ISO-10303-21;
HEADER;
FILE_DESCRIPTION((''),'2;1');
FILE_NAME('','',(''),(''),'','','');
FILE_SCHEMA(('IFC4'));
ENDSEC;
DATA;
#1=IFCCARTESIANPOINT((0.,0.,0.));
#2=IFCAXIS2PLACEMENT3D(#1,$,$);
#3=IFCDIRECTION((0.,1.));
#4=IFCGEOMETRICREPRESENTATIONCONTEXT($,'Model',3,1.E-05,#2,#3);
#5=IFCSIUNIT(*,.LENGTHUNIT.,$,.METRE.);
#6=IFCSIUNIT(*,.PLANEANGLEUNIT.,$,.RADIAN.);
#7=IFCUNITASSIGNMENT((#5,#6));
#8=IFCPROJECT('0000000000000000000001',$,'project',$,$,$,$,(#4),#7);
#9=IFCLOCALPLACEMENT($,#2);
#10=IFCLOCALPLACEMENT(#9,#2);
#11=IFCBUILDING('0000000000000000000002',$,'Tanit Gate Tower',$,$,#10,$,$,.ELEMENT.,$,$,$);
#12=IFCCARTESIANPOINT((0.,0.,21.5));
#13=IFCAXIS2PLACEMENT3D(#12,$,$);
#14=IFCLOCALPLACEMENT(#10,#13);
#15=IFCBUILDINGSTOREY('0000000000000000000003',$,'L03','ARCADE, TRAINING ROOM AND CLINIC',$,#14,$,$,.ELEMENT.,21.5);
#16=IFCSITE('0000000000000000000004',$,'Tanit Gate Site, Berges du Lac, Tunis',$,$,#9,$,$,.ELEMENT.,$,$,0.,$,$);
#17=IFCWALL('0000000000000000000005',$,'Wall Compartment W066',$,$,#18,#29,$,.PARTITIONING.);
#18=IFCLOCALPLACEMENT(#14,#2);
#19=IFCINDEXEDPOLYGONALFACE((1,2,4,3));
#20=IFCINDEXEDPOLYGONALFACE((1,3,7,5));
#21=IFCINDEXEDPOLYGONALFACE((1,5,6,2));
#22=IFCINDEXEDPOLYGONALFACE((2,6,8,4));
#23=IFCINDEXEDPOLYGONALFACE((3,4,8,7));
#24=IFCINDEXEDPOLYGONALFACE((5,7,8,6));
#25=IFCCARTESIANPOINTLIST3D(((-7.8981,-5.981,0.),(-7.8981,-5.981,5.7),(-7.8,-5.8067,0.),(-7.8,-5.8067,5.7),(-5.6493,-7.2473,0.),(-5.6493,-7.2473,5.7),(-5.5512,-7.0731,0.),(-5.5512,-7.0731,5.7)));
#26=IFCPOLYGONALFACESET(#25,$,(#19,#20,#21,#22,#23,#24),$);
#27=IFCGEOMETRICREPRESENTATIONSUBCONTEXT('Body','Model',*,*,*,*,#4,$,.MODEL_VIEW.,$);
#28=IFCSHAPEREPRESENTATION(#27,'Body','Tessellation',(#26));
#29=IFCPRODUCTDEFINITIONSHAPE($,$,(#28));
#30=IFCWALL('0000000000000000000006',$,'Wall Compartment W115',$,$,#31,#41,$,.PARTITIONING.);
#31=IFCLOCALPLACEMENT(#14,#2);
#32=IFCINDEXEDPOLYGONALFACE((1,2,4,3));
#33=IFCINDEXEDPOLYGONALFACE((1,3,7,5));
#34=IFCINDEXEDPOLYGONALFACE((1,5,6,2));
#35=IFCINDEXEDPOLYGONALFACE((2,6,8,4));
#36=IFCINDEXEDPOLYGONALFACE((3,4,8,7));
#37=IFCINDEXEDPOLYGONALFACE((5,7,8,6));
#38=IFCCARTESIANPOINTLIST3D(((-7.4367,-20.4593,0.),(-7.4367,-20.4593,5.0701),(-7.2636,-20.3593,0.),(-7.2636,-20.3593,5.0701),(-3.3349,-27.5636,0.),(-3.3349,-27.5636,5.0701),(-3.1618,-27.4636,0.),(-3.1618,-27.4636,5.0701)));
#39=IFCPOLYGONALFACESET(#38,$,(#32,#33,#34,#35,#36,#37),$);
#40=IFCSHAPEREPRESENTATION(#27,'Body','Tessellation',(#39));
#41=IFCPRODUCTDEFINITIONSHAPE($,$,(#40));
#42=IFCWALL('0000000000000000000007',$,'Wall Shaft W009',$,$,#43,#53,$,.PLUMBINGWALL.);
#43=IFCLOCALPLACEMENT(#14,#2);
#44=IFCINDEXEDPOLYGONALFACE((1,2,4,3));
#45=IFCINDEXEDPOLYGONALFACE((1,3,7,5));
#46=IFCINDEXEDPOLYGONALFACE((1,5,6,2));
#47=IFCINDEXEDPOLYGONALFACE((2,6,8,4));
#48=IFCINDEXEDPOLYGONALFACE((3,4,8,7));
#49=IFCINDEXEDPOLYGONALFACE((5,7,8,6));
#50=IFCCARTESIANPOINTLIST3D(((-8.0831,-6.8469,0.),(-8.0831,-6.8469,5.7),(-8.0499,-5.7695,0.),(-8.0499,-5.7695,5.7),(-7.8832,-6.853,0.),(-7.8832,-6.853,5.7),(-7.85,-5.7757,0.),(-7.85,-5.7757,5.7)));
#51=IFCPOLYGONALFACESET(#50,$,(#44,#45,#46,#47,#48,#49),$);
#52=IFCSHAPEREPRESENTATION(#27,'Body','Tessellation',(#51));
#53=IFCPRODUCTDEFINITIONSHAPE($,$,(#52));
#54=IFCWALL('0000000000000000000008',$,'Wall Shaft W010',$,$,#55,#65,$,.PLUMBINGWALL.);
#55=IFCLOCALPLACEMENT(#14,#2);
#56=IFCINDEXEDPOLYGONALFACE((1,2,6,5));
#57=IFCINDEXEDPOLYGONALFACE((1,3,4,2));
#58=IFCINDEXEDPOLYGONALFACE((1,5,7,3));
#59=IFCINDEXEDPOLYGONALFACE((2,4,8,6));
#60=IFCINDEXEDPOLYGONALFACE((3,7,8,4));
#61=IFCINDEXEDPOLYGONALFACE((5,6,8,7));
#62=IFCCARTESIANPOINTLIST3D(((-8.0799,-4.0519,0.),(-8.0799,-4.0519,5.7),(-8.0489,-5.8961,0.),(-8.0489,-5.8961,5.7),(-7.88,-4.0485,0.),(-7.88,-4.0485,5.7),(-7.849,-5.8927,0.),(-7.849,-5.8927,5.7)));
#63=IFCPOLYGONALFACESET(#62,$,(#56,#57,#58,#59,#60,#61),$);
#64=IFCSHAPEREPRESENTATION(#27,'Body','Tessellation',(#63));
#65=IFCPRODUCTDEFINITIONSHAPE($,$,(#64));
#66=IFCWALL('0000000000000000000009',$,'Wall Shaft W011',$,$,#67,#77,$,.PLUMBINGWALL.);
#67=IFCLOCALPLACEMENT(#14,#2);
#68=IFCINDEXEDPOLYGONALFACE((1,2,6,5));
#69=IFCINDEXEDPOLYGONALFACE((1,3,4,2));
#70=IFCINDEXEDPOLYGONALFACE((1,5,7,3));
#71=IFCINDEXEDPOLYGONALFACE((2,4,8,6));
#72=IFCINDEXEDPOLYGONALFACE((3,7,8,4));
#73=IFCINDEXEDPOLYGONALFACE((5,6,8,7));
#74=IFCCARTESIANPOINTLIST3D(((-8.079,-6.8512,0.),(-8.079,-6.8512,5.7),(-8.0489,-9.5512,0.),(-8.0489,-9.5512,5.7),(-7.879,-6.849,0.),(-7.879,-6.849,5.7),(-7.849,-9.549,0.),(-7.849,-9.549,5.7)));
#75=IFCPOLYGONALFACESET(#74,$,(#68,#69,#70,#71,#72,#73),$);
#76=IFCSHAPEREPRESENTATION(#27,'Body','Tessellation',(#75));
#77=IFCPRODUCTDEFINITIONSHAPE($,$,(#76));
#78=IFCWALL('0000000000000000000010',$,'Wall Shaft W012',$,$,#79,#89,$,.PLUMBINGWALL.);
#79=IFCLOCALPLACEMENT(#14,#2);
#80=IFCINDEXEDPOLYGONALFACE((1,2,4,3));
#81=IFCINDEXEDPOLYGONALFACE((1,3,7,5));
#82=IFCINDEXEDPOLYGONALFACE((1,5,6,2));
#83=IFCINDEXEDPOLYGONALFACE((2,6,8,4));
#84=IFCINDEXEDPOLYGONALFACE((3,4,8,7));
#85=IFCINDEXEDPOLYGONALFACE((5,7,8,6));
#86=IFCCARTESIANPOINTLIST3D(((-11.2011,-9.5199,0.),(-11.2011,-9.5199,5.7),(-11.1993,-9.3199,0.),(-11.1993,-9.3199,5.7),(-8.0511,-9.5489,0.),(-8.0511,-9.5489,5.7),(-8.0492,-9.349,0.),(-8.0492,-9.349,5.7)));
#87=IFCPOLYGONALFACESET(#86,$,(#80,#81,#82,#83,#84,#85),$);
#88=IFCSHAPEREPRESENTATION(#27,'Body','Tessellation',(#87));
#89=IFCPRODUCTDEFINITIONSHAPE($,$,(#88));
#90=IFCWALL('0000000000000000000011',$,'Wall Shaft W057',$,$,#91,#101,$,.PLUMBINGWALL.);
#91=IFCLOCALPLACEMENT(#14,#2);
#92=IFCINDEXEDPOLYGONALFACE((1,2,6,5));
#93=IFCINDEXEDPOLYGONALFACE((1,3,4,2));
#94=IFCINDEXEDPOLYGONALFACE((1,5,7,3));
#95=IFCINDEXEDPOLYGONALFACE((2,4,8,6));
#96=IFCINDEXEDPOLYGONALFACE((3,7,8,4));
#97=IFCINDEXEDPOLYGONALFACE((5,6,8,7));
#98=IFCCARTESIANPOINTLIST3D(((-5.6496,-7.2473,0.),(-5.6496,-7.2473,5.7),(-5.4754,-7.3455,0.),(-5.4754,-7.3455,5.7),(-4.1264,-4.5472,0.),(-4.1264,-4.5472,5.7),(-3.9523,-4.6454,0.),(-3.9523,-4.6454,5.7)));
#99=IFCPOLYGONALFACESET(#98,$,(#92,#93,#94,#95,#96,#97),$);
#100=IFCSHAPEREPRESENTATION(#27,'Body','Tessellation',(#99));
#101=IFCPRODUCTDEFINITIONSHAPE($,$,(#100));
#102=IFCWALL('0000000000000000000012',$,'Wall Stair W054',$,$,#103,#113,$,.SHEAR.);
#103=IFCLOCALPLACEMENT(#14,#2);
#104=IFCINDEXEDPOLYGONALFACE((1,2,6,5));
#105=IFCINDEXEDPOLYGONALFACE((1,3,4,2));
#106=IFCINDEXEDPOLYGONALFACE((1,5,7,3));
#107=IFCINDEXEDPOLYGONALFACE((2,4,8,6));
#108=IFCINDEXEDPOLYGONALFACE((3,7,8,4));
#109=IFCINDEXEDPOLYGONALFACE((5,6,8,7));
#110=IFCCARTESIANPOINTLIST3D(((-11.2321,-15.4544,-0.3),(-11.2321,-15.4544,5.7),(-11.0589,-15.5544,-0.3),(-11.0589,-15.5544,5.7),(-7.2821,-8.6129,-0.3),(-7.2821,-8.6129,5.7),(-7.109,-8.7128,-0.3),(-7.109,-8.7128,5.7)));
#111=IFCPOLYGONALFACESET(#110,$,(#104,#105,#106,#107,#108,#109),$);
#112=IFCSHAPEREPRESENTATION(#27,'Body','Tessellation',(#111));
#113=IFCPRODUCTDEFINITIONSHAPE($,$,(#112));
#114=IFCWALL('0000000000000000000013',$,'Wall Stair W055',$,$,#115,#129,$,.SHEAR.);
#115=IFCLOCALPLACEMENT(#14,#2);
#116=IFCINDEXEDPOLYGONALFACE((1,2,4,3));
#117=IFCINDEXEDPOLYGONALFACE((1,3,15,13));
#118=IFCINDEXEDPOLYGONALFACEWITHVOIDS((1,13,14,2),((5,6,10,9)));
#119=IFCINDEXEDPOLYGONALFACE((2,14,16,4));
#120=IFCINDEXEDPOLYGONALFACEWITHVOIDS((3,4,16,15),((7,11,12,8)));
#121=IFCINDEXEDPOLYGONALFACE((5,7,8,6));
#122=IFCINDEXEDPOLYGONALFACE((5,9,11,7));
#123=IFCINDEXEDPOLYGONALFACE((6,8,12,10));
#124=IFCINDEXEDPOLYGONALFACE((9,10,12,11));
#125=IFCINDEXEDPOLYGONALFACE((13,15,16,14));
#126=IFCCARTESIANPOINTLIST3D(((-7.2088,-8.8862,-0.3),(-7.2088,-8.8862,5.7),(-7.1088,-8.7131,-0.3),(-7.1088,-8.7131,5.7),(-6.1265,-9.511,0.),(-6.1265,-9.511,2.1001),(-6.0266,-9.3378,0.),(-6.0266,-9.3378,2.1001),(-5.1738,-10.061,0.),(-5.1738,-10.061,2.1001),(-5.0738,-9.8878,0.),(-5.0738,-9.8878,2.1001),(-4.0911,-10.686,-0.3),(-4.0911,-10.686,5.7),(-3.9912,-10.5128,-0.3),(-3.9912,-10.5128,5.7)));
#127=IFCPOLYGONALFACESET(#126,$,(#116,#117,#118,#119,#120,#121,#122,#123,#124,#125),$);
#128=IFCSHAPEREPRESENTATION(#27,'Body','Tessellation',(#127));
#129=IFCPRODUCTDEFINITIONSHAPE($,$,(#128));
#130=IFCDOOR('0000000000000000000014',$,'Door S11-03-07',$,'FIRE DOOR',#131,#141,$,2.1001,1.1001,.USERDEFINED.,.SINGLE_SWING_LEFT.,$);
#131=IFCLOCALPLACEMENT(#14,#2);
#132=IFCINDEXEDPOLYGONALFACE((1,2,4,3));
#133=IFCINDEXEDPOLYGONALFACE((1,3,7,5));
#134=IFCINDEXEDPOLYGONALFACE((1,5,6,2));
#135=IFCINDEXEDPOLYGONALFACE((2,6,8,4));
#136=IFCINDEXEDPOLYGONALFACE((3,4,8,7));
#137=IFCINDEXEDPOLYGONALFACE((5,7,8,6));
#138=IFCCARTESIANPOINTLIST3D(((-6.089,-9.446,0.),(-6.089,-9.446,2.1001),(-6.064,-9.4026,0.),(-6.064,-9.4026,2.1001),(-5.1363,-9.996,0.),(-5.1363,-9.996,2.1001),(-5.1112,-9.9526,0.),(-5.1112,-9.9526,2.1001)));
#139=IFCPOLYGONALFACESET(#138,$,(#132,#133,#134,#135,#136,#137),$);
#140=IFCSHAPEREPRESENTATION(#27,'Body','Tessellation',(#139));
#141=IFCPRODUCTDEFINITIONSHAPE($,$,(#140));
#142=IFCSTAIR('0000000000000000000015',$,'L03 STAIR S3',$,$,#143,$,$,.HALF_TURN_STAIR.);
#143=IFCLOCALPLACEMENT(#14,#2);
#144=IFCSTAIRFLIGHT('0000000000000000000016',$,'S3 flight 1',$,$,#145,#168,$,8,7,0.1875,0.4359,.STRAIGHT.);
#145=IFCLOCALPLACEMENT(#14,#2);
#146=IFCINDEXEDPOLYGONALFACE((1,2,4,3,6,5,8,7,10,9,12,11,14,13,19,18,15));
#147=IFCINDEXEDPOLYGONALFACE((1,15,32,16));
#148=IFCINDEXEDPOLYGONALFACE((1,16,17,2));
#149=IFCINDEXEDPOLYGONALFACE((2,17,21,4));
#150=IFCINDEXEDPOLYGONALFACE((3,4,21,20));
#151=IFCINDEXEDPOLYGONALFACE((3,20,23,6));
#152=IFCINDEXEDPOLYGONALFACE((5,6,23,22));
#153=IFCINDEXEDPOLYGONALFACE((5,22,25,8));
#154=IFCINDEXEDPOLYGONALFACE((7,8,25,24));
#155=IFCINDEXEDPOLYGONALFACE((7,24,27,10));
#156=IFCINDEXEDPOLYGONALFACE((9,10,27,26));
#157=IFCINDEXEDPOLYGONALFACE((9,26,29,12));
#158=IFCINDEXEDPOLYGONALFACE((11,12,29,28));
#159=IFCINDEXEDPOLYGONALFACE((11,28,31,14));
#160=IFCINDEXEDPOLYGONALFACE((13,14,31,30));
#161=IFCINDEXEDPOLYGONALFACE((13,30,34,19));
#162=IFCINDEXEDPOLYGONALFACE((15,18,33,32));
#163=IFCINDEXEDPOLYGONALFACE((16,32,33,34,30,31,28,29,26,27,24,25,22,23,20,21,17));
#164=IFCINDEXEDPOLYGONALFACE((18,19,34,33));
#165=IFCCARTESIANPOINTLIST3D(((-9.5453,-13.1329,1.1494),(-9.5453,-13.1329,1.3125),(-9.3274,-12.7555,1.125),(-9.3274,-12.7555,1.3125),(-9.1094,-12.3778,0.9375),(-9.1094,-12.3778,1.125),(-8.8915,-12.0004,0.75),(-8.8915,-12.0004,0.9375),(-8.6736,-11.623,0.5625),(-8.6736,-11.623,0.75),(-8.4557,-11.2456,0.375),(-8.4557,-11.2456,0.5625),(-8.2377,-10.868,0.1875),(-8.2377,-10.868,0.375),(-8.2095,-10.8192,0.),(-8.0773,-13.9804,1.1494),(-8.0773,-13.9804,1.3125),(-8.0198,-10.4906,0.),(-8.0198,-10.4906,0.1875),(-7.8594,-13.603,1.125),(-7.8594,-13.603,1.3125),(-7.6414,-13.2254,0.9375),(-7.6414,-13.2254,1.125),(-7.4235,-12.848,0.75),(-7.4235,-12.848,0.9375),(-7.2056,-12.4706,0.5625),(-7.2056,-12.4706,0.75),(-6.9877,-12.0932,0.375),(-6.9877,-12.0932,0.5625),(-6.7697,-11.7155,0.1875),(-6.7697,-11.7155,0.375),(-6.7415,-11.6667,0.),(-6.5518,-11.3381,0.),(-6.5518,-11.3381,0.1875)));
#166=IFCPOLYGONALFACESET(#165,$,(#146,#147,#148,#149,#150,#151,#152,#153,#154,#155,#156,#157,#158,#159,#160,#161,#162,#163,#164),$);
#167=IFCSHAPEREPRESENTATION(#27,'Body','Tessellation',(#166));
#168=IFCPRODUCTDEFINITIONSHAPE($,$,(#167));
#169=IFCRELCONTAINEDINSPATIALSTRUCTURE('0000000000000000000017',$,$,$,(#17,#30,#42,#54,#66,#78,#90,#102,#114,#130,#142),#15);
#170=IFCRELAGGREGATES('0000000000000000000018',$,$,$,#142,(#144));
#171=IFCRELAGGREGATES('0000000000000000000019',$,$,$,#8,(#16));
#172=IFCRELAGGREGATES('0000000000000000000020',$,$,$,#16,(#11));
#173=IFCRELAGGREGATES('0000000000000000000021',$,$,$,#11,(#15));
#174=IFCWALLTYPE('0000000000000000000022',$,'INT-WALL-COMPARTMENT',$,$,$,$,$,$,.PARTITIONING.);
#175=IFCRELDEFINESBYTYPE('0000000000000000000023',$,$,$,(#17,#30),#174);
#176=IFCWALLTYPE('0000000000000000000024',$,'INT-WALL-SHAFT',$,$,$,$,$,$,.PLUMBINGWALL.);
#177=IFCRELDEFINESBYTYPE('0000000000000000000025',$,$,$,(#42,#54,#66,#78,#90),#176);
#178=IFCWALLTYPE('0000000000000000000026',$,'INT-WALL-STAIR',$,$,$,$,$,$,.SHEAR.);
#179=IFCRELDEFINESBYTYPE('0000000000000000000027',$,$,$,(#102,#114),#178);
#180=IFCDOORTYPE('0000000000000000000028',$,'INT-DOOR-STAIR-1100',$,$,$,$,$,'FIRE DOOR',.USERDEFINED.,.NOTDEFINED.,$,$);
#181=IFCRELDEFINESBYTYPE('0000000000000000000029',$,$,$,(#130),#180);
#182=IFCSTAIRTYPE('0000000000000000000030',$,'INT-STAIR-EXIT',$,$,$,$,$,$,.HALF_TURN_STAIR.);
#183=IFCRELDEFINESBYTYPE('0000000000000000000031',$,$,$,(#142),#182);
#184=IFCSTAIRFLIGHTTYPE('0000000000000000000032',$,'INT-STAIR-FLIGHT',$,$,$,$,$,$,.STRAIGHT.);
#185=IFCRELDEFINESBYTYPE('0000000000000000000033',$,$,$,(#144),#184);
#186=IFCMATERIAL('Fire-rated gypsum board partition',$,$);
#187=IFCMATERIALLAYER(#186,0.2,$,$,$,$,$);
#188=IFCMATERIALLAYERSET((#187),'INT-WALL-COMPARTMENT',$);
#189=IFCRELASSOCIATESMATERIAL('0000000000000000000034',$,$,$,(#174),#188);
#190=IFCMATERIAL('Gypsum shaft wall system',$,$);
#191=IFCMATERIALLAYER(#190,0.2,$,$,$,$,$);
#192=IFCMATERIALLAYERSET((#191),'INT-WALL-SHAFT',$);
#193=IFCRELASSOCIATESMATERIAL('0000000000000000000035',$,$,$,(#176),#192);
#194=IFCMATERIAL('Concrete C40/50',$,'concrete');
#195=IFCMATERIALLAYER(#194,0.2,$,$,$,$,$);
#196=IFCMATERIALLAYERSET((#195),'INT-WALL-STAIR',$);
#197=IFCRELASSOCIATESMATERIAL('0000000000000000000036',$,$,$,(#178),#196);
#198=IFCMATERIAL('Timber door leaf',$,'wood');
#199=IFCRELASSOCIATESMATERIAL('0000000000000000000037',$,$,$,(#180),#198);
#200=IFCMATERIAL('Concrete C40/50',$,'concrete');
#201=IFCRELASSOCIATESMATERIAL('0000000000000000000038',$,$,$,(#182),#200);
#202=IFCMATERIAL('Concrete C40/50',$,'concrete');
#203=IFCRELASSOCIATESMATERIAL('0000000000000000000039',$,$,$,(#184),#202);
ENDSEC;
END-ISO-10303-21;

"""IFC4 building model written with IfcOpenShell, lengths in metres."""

from ifc_helpers import new_model, si_unit, direction, frame, frame_2d, origin, place, context, subcontext, project, spatial, polyline, rectangle, outline, extrude, material, layer, layer_set, type_object, element, fill, aggregate, save


model = new_model("IFC4")

# Units and contexts
model_context = context("Model", 3, precision=1e-05, world=origin(), true_north=direction((0.0, 1.0)))
body_context = subcontext(model_context, "Body", "Model", "MODEL_VIEW")
ifc_project = project(units=[si_unit("LENGTHUNIT", "METRE"), si_unit("PLANEANGLEUNIT", "RADIAN")], contexts=[model_context])

# Site, building, storey
site_placement = place(None, origin())
site = spatial("IfcSite", under=ifc_project, at=site_placement, Name="Tanit Gate Site, Berges du Lac, Tunis", CompositionType="ELEMENT", RefElevation=0.0)
building_placement = place(site_placement, origin())
building = spatial("IfcBuilding", under=site, at=building_placement, Name="Tanit Gate Tower", CompositionType="ELEMENT")
storey_placement = place(building_placement, frame((0.0, 0.0, 21.5)))
storey = spatial("IfcBuildingStorey", under=building, at=storey_placement, Name="L03", Description="ARCADE, TRAINING ROOM AND CLINIC", CompositionType="ELEMENT", Elevation=21.5)

# Walls
ifc_material_1 = material(Name="Fire-rated gypsum board partition")
ifc_layer_1 = layer(ifc_material_1, 0.2)
ifc_layer_set_1 = layer_set([ifc_layer_1], Name="INT-WALL-COMPARTMENT")
wall_type_1 = type_object("IfcWallType", Name="INT-WALL-COMPARTMENT", PredefinedType="PARTITIONING", material=ifc_layer_set_1)
wall_1_placement = place(storey_placement, frame((-7.8491, -5.8938, 0.0), z_axis=(0.0, 0.0, 1.0), x_axis=(0.87134, -0.490679, 0.0)))
element("IfcWall", 1, at=wall_1_placement, inside=storey, type_object=wall_type_1, Name="Wall Compartment W066", PredefinedType="PARTITIONING", context=body_context, shape_type="SweptSolid", body=[
    extrude(rectangle(XDim=2.5808, YDim=0.2, at=frame_2d((1.2905, 0.0))), origin(), (0.0, 0.0, 1.0), 5.7),
])
wall_2_placement = place(storey_placement, frame((-7.3501, -20.4094, 0.0), z_axis=(0.0, 0.0, 1.0), x_axis=(0.500015, -0.866017, 0.0)))
element("IfcWall", 2, at=wall_2_placement, inside=storey, type_object=wall_type_1, Name="Wall Compartment W115", PredefinedType="PARTITIONING", context=body_context, shape_type="SweptSolid", body=[
    extrude(rectangle(XDim=8.2034, YDim=0.2, at=frame_2d((4.1016, 0.0))), origin(), (0.0, 0.0, 1.0), 5.0701),
])
ifc_material_2 = material(Name="Gypsum shaft wall system")
ifc_layer_2 = layer(ifc_material_2, 0.2)
ifc_layer_set_2 = layer_set([ifc_layer_2], Name="INT-WALL-SHAFT")
wall_type_2 = type_object("IfcWallType", Name="INT-WALL-SHAFT", PredefinedType="PLUMBINGWALL", material=ifc_layer_set_2)
wall_3_placement = place(storey_placement, frame((-7.95, -5.7725, 0.0), z_axis=(0.0, 0.0, 1.0), x_axis=(-0.030803, -0.999525, 0.0)))
element("IfcWall", 3, at=wall_3_placement, inside=storey, type_object=wall_type_2, Name="Wall Shaft W009", PredefinedType="PLUMBINGWALL", context=body_context, shape_type="SweptSolid", body=[
    extrude(rectangle(XDim=1.0779, YDim=0.2, at=frame_2d((0.5391, 0.0))), origin(), (0.0, 0.0, 1.0), 5.7),
])
wall_4_placement = place(storey_placement, frame((-7.98, -4.05, 0.0), z_axis=(0.0, 0.0, 1.0), x_axis=(0.01681, -0.999859, 0.0)))
element("IfcWall", 4, at=wall_4_placement, inside=storey, type_object=wall_type_2, Name="Wall Shaft W010", PredefinedType="PLUMBINGWALL", context=body_context, shape_type="SweptSolid", body=[
    extrude(rectangle(XDim=1.8445, YDim=0.2, at=frame_2d((0.9224, 0.0))), origin(), (0.0, 0.0, 1.0), 5.7),
])
wall_5_placement = place(storey_placement, frame((-7.979, -6.8501, 0.0), z_axis=(0.0, 0.0, 1.0), x_axis=(0.011121, -0.999938, 0.0)))
element("IfcWall", 5, at=wall_5_placement, inside=storey, type_object=wall_type_2, Name="Wall Shaft W011", PredefinedType="PLUMBINGWALL", context=body_context, shape_type="SweptSolid", body=[
    extrude(rectangle(XDim=2.7002, YDim=0.2, at=frame_2d((1.3501, 0.0))), origin(), (0.0, 0.0, 1.0), 5.7),
])
wall_6_placement = place(storey_placement, frame((-8.05, -9.449, 0.0), z_axis=(0.0, 0.0, 1.0), x_axis=(-0.999957, 0.009223, 0.0)))
element("IfcWall", 6, at=wall_6_placement, inside=storey, type_object=wall_type_2, Name="Wall Shaft W012", PredefinedType="PLUMBINGWALL", context=body_context, shape_type="SweptSolid", body=[
    extrude(rectangle(XDim=3.1501, YDim=0.2, at=frame_2d((1.5752, 0.0))), origin(), (0.0, 0.0, 1.0), 5.7),
])
wall_7_placement = place(storey_placement, frame((-5.5625, -7.2964, 0.0), z_axis=(0.0, 0.0, 1.0), x_axis=(0.491323, 0.870978, 0.0)))
element("IfcWall", 7, at=wall_7_placement, inside=storey, type_object=wall_type_2, Name="Wall Shaft W057", PredefinedType="PLUMBINGWALL", context=body_context, shape_type="SweptSolid", body=[
    extrude(rectangle(XDim=3.1001, YDim=0.2, at=frame_2d((1.55, 0.0))), origin(), (0.0, 0.0, 1.0), 5.7),
])
ifc_material_3 = material(Name="Concrete C40/50", Category="concrete")
ifc_layer_3 = layer(ifc_material_3, 0.2)
ifc_layer_set_3 = layer_set([ifc_layer_3], Name="INT-WALL-STAIR")
wall_type_3 = type_object("IfcWallType", Name="INT-WALL-STAIR", PredefinedType="SHEAR", material=ifc_layer_set_3)
wall_8_placement = place(storey_placement, frame((-7.1956, -8.6628, -0.3), z_axis=(0.0, 0.0, 1.0), x_axis=(-0.499998, -0.866027, 0.0)))
element("IfcWall", 8, at=wall_8_placement, inside=storey, type_object=wall_type_3, Name="Wall Stair W054", PredefinedType="SHEAR", context=body_context, shape_type="SweptSolid", body=[
    extrude(rectangle(XDim=7.8999, YDim=0.2, at=frame_2d((3.95, 0.0))), origin(), (0.0, 0.0, 1.0), 6.0),
])

# Wall, opening, door
wall_9_placement = place(storey_placement, frame((-4.0413, -10.5994, -0.3), z_axis=(0.0, 0.0, 1.0), x_axis=(-0.866048, 0.499961, 0.0)))
wall_9 = element("IfcWall", 9, at=wall_9_placement, inside=storey, type_object=wall_type_3, Name="Wall Stair W055", PredefinedType="SHEAR", context=body_context, shape_type="SweptSolid", body=[
    extrude(rectangle(XDim=3.5999, YDim=0.2, at=frame_2d((1.7998, 0.0))), origin(), (0.0, 0.0, 1.0), 6.0),
])
opening_1_placement = place(wall_9_placement, frame((1.25, 0.0, 0.3)))
opening_1 = element("IfcOpeningElement", 10, at=opening_1_placement, cuts=wall_9, PredefinedType="OPENING", context=body_context, shape_type="SweptSolid", body=[
    extrude(rectangle(XDim=1.1001, YDim=2.1001, at=frame_2d((0.55, 1.05))), frame((0.0, 0.1099, 0.0), z_axis=(0.0, -1.0, 0.0), x_axis=(1.0, 0.0, 0.0)), (0.0, 0.0, 1.0), 0.22),
])
ifc_material_4 = material(Name="Timber door leaf", Category="wood")
door_type_1 = type_object("IfcDoorType", Name="INT-DOOR-STAIR-1100", ElementType="FIRE DOOR", OperationType="NOTDEFINED", PredefinedType="USERDEFINED", material=ifc_material_4)
door_1_placement = place(opening_1_placement, origin())
door_1 = element("IfcDoor", 11, at=door_1_placement, inside=storey, type_object=door_type_1, Name="Door S11-03-07", ObjectType="FIRE DOOR", OperationType="SINGLE_SWING_LEFT", OverallHeight=2.1001, OverallWidth=1.1001, PredefinedType="USERDEFINED", context=body_context, shape_type="SweptSolid", body=[
    extrude(rectangle(XDim=1.1001, YDim=2.1001, at=frame_2d((0.55, 1.05))), frame((0.0, 0.0249, 0.0), z_axis=(0.0, -1.0, 0.0), x_axis=(1.0, 0.0, 0.0)), (0.0, 0.0, 1.0), 0.05),
])
fill(opening_1, door_1)

# Stair, stair flight
ifc_material_5 = material(Name="Concrete C40/50", Category="concrete")
stair_type = type_object("IfcStairType", Name="INT-STAIR-EXIT", PredefinedType="HALF_TURN_STAIR", material=ifc_material_5)
stair_placement = place(storey_placement, origin())
stair = element("IfcStair", 12, at=stair_placement, inside=storey, type_object=stair_type, Name="L03 STAIR S3", PredefinedType="HALF_TURN_STAIR")
ifc_material_6 = material(Name="Concrete C40/50", Category="concrete")
stair_flight_type = type_object("IfcStairFlightType", Name="INT-STAIR-FLIGHT", PredefinedType="STRAIGHT", material=ifc_material_6)
stair_flight_1_placement = place(storey_placement, frame((-7.2859, -10.9143, 0.0), z_axis=(0.0, 0.0, 1.0), x_axis=(-0.5, -0.866025, 0.0)))
stair_flight_1 = element("IfcStairFlight", 13, at=stair_flight_1_placement, type_object=stair_flight_type, Name="S3 flight 1", NumberOfRisers=8, NumberOfTreads=7, PredefinedType="STRAIGHT", RiserHeight=0.1875, TreadLength=0.4359, context=body_context, shape_type="SweptSolid", body=[
    extrude(outline(polyline([(0.0, 0.0), (0.0, 0.1875), (0.4358, 0.1875), (0.4358, 0.375), (0.8718, 0.375), (0.8718, 0.5625), (1.3076, 0.5625), (1.3076, 0.75), (1.7434, 0.75), (1.7434, 0.9375), (2.1792, 0.9375), (2.1792, 1.125), (2.6152, 1.125), (2.6152, 1.3125), (3.051, 1.3125), (3.051, 1.5), (3.051, 1.1494), (0.3794, 0.0), (0.0, 0.0)])), frame((0.0, 0.8477, 0.0), z_axis=(0.0, -1.0, 0.0), x_axis=(1.0, 0.0, 0.0)), (0.0, 0.0, 1.0), 1.6951),
])
aggregate(stair, [stair_flight_1])

save(model, "model.ifc")
